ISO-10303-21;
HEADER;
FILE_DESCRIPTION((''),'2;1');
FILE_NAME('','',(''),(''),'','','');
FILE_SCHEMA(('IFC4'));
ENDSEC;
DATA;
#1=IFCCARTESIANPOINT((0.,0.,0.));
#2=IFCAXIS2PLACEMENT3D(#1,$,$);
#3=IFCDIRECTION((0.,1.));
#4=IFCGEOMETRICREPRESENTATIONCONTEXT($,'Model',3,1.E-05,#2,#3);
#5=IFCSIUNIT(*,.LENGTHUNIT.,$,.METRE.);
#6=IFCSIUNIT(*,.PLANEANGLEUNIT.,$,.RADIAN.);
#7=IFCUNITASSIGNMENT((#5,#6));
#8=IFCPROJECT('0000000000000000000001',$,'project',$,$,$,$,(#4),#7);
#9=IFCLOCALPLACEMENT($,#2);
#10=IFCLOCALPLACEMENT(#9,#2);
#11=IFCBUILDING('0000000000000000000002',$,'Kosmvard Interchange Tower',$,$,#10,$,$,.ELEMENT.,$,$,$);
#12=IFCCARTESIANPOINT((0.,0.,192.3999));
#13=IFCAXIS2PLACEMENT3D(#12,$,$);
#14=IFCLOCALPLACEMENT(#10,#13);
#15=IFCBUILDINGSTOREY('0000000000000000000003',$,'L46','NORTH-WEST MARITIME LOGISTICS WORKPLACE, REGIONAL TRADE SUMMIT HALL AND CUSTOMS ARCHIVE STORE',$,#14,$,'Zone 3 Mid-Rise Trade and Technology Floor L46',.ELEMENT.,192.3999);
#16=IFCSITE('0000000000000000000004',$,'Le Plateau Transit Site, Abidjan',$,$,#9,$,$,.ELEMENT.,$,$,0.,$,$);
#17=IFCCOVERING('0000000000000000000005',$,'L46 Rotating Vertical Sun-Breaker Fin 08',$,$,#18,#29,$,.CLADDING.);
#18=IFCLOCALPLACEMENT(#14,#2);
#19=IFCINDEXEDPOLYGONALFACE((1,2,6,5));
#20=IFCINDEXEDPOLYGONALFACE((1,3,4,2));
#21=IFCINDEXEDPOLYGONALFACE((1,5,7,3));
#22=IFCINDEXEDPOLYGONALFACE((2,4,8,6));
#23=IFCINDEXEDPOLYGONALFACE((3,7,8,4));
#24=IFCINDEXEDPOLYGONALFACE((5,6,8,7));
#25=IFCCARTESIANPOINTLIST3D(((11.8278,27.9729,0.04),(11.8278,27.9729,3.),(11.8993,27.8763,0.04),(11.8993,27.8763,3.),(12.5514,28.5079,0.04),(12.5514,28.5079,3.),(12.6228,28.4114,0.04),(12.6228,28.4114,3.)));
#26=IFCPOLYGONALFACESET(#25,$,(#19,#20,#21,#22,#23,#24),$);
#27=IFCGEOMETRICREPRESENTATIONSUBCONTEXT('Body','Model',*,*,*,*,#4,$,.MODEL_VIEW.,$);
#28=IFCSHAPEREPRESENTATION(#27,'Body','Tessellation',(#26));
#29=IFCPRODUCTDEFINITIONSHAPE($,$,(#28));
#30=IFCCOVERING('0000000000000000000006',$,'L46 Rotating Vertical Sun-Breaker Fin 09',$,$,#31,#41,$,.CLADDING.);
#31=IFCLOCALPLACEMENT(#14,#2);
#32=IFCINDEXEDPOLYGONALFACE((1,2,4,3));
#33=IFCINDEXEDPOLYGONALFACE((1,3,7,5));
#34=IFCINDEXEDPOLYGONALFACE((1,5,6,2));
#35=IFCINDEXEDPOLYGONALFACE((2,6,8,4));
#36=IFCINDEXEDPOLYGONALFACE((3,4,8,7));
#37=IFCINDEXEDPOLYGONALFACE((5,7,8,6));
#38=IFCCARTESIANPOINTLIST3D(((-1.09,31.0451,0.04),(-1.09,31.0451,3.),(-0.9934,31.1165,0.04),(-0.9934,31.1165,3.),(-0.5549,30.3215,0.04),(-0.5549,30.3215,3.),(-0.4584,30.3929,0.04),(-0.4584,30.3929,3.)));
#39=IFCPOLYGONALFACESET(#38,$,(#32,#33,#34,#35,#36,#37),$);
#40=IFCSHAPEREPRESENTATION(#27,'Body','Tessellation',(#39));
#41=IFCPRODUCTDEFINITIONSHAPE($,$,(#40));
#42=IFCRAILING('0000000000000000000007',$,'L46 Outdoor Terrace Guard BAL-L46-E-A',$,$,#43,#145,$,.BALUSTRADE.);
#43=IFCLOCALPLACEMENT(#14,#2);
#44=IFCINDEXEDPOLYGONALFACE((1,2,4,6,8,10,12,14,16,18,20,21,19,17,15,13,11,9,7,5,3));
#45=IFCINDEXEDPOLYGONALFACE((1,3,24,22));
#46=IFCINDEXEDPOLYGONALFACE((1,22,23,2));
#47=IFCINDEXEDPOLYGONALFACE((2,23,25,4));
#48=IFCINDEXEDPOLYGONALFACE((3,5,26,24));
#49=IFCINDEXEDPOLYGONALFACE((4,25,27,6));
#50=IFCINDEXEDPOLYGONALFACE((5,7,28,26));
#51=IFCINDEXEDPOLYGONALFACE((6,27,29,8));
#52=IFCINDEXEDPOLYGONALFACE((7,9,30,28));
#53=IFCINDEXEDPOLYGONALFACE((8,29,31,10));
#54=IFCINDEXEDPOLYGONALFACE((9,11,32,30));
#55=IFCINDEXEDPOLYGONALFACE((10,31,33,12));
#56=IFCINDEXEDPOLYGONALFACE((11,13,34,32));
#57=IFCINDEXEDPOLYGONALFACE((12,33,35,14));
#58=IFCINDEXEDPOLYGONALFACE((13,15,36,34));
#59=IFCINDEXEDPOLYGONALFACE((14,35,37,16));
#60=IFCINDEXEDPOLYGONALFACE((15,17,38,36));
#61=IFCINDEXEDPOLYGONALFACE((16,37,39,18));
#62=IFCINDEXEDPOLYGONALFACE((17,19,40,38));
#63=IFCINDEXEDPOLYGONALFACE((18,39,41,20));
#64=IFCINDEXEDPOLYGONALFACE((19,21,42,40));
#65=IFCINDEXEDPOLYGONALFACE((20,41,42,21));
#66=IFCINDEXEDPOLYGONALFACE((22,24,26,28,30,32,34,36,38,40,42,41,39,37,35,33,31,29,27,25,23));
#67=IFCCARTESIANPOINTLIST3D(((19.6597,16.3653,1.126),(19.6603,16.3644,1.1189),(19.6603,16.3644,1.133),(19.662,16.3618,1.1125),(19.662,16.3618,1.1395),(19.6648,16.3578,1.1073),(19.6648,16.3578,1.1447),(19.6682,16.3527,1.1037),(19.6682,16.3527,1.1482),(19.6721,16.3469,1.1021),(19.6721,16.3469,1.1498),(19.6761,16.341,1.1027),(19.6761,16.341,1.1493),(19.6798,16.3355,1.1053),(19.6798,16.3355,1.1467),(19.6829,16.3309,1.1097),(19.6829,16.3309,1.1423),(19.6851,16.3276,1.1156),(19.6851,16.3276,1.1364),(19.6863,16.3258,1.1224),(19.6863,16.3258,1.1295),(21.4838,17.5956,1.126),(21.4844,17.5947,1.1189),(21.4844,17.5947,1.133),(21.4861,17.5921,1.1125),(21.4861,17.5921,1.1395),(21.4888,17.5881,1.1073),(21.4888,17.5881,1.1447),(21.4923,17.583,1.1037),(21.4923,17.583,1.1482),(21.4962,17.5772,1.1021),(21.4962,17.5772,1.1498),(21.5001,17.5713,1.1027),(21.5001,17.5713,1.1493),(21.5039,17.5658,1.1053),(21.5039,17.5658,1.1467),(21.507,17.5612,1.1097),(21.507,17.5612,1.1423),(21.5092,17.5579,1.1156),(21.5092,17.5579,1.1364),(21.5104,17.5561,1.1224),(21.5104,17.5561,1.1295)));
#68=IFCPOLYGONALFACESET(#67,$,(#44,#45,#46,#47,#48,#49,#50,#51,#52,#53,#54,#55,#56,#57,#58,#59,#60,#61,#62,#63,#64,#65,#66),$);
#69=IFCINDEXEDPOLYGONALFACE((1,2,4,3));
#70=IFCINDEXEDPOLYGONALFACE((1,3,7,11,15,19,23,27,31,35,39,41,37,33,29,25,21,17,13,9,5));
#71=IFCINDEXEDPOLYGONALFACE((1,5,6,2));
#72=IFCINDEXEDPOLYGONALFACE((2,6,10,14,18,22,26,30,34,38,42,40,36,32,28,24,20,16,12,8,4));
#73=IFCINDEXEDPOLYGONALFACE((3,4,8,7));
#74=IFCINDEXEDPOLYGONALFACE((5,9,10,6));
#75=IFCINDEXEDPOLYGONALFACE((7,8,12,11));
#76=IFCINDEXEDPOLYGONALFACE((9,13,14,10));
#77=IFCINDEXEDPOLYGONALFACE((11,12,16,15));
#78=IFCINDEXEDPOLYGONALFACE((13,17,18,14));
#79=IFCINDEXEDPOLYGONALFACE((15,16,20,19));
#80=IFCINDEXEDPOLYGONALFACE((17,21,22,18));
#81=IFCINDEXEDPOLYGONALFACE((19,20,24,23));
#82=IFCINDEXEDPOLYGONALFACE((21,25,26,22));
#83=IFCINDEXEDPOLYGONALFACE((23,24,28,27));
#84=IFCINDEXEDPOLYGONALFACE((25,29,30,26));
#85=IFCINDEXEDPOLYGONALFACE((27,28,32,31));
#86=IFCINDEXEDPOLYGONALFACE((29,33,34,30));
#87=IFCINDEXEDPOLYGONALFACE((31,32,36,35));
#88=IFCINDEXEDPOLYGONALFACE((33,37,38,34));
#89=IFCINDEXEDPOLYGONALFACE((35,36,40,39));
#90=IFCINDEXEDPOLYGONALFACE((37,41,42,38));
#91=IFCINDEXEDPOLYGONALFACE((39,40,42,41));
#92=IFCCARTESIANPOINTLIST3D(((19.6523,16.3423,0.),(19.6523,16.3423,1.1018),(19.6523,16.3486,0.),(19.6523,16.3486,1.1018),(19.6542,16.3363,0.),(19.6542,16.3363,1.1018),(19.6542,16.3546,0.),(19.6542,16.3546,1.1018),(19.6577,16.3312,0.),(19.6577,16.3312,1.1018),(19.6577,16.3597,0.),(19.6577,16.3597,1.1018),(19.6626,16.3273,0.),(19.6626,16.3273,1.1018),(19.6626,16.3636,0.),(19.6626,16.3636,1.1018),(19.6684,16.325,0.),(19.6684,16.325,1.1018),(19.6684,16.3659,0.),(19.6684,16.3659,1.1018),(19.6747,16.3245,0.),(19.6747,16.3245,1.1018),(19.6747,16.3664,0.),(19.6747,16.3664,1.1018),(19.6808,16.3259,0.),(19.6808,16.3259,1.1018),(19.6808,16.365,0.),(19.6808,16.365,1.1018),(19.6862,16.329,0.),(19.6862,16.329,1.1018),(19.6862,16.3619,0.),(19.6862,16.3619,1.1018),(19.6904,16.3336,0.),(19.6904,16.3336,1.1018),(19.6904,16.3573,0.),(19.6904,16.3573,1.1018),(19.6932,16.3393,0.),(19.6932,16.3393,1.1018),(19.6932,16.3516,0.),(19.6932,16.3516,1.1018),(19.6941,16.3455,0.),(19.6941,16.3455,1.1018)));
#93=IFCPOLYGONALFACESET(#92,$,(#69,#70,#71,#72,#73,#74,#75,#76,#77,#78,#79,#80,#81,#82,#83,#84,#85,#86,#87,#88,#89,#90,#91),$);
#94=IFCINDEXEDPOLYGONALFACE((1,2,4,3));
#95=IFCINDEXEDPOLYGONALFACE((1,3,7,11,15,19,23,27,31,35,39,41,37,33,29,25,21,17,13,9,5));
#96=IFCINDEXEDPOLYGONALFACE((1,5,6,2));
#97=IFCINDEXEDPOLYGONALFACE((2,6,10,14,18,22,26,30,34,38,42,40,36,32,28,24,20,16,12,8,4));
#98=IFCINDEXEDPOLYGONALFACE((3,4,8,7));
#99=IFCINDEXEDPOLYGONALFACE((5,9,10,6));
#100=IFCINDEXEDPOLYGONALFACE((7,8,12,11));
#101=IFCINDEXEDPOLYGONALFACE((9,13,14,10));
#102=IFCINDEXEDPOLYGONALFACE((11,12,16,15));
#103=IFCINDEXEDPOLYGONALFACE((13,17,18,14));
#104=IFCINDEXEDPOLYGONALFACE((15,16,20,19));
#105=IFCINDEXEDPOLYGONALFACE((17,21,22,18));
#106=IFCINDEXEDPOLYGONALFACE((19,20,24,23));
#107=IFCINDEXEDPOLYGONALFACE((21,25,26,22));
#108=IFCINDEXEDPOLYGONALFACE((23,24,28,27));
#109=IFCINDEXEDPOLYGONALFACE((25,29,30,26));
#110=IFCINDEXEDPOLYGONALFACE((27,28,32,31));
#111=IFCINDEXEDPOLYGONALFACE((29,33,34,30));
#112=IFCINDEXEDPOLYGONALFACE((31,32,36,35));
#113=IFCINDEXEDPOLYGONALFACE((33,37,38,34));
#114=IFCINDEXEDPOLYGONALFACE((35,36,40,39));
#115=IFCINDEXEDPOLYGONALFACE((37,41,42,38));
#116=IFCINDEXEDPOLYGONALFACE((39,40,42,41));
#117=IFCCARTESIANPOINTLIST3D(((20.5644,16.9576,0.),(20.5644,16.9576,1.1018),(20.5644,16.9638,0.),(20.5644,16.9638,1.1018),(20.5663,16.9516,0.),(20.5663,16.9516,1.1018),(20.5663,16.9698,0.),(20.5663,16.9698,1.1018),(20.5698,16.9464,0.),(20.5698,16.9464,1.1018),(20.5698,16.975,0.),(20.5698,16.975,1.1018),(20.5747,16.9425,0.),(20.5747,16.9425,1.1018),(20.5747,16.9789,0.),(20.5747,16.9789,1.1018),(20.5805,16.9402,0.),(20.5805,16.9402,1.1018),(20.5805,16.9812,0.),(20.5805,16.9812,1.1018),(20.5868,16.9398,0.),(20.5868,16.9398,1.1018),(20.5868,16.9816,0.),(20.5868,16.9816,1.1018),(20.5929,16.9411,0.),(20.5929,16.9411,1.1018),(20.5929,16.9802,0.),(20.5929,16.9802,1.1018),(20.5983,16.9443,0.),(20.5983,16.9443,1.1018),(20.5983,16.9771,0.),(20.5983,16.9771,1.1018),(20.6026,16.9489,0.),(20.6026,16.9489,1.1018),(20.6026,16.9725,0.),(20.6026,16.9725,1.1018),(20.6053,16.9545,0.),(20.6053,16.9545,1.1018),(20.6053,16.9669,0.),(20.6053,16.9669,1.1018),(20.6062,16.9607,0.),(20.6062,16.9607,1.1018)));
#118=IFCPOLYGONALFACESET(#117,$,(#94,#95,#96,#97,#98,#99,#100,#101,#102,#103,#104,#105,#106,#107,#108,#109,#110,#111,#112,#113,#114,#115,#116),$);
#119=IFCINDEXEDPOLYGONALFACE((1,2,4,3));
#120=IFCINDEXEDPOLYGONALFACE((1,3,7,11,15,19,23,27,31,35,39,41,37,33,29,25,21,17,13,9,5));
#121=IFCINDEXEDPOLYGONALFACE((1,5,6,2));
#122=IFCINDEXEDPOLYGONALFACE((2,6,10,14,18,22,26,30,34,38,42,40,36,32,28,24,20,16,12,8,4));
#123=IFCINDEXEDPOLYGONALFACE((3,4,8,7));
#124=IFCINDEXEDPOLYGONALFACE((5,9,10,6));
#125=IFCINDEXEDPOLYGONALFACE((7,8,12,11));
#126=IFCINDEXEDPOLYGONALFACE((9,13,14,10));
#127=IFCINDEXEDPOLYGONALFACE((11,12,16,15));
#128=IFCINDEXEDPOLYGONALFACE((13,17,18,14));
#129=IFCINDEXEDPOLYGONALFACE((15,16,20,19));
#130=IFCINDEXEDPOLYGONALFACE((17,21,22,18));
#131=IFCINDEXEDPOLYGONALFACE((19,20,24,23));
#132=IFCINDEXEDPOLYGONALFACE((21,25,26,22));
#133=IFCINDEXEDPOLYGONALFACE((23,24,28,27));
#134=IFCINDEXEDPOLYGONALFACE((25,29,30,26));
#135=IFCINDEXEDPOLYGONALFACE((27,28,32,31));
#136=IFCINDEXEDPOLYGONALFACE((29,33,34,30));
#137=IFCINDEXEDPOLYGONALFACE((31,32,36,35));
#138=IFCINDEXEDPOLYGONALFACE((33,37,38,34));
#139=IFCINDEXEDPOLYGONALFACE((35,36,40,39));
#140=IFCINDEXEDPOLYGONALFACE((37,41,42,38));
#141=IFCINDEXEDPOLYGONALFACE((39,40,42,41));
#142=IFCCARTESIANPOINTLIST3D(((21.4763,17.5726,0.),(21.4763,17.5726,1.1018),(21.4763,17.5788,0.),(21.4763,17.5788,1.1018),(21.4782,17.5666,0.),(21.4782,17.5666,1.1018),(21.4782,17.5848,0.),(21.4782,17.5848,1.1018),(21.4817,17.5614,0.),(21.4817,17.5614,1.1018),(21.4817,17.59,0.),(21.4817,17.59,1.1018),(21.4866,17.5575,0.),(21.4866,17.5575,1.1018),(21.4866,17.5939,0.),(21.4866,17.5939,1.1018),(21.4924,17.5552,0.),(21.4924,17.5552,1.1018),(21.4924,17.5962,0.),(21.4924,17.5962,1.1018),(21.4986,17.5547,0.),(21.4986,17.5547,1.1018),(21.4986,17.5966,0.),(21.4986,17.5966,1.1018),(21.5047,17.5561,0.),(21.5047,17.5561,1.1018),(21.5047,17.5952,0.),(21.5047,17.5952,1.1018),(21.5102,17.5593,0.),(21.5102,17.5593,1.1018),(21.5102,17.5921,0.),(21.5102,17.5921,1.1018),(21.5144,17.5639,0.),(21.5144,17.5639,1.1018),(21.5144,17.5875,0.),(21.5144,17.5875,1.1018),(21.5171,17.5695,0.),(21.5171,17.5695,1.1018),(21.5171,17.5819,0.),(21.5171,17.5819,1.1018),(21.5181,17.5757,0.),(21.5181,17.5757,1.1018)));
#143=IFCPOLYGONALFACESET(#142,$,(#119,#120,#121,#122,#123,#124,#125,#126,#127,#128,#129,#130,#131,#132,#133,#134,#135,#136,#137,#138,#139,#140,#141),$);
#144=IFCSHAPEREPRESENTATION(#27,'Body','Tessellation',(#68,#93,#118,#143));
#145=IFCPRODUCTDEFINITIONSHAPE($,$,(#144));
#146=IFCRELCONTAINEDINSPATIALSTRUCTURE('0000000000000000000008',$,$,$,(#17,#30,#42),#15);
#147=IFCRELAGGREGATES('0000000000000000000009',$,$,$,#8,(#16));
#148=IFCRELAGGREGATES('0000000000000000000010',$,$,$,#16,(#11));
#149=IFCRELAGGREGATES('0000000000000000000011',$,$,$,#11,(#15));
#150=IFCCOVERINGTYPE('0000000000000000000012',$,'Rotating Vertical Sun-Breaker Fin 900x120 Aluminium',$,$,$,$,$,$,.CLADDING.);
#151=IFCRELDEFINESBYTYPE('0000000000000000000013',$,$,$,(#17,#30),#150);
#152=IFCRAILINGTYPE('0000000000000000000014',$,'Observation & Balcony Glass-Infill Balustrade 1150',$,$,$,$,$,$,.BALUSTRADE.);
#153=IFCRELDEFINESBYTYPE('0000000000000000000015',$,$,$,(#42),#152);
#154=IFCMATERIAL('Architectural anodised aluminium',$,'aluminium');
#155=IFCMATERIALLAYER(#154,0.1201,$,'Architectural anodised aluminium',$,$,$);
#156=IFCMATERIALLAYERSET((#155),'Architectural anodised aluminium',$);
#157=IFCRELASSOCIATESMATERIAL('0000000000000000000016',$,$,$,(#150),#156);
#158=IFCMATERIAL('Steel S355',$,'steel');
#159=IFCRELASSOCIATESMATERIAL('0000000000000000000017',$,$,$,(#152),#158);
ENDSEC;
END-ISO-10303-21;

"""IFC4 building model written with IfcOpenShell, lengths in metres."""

from ifc_helpers import new_model, si_unit, direction, frame, origin, origin_2d, place, context, subcontext, project, spatial, rectangle, circle, extrude, source, transform, mapped, material, layer, layer_set, type_object, element, save


model = new_model("IFC4")

# Units and contexts
model_context = context("Model", 3, precision=1e-05, world=origin(), true_north=direction((0.0, 1.0)))
body_context = subcontext(model_context, "Body", "Model", "MODEL_VIEW")
ifc_project = project(units=[si_unit("LENGTHUNIT", "METRE"), si_unit("PLANEANGLEUNIT", "RADIAN")], contexts=[model_context])

# Site, building, storey
site_placement = place(None, origin())
site = spatial("IfcSite", under=ifc_project, at=site_placement, Name="Le Plateau Transit Site, Abidjan", CompositionType="ELEMENT", RefElevation=0.0)
building_placement = place(site_placement, origin())
building = spatial("IfcBuilding", under=site, at=building_placement, Name="Kosmvard Interchange Tower", CompositionType="ELEMENT")
storey_placement = place(building_placement, frame((0.0, 0.0, 192.3999)))
storey = spatial("IfcBuildingStorey", under=building, at=storey_placement, Name="L46", Description="NORTH-WEST MARITIME LOGISTICS WORKPLACE, REGIONAL TRADE SUMMIT HALL AND CUSTOMS ARCHIVE STORE", LongName="Zone 3 Mid-Rise Trade and Technology Floor L46", CompositionType="ELEMENT", Elevation=192.3999)

# Shared definitions
ifc_material_1 = material(Name="Steel S355", Category="steel")

# Coverings
ifc_material_2 = material(Name="Architectural anodised aluminium", Category="aluminium")
ifc_layer_1 = layer(ifc_material_2, 0.1201, Name="Architectural anodised aluminium")
ifc_layer_set_1 = layer_set([ifc_layer_1], Name="Architectural anodised aluminium")
covering_type = type_object("IfcCoveringType", Name="Rotating Vertical Sun-Breaker Fin 900x120 Aluminium", PredefinedType="CLADDING", material=ifc_layer_set_1)
shared_shape_1 = source(origin(), body_context, "Body", "SweptSolid", [
    extrude(rectangle(XDim=0.8999, YDim=0.1201, at=origin_2d()), origin(), (0.0, 0.0, 1.0), 2.96),
])
for number, where, z_axis, x_axis, name in (
    (1, (12.2253, 28.1921, 0.04), (0.0, 0.0, 1.0), (0.804064, 0.594542, 0.0), "L46 Rotating Vertical Sun-Breaker Fin 08"),
    (2, (-0.7742, 30.719, 0.04), (0.0, 0.0, 1.0), (-0.594542, 0.804064, 0.0), "L46 Rotating Vertical Sun-Breaker Fin 09"),
):
    element("IfcCovering", number, at=place(storey_placement, frame(where, z_axis=z_axis, x_axis=x_axis)), inside=storey, type_object=covering_type, Name=name, PredefinedType="CLADDING", context=body_context, shape_type="MappedRepresentation", body=[
        mapped(shared_shape_1, transform((0.0, 0.0, 0.0), scale=1.0)),
    ])

# Railing
railing_type = type_object("IfcRailingType", Name="Observation & Balcony Glass-Infill Balustrade 1150", PredefinedType="BALUSTRADE", material=ifc_material_1)
shared_shape_2 = source(origin(), body_context, "Body", "SweptSolid", [
    extrude(circle(Radius=0.0239, at=origin_2d()), frame((0.0, 0.0, 1.126), z_axis=(0.829051, 0.559174, 0.0), x_axis=(-0.559174, 0.829051, 0.0)), (0.0, 0.0, 1.0), 2.2002),
    extrude(circle(Radius=0.021, at=origin_2d()), origin(), (0.0, 0.0, 1.0), 1.1018),
    extrude(circle(Radius=0.021, at=origin_2d()), frame((0.9121, 0.6152, 0.0)), (0.0, 0.0, 1.0), 1.1018),
    extrude(circle(Radius=0.021, at=origin_2d()), frame((1.824, 1.2302, 0.0)), (0.0, 0.0, 1.0), 1.1018),
])
railing_1_placement = place(storey_placement, frame((19.6731, 16.3455, 0.0)))
element("IfcRailing", 3, at=railing_1_placement, inside=storey, type_object=railing_type, Name="L46 Outdoor Terrace Guard BAL-L46-E-A", PredefinedType="BALUSTRADE", context=body_context, shape_type="MappedRepresentation", body=[
    mapped(shared_shape_2, transform((0.0, 0.0, 0.0), scale=1.0)),
])

save(model, "model.ifc")
